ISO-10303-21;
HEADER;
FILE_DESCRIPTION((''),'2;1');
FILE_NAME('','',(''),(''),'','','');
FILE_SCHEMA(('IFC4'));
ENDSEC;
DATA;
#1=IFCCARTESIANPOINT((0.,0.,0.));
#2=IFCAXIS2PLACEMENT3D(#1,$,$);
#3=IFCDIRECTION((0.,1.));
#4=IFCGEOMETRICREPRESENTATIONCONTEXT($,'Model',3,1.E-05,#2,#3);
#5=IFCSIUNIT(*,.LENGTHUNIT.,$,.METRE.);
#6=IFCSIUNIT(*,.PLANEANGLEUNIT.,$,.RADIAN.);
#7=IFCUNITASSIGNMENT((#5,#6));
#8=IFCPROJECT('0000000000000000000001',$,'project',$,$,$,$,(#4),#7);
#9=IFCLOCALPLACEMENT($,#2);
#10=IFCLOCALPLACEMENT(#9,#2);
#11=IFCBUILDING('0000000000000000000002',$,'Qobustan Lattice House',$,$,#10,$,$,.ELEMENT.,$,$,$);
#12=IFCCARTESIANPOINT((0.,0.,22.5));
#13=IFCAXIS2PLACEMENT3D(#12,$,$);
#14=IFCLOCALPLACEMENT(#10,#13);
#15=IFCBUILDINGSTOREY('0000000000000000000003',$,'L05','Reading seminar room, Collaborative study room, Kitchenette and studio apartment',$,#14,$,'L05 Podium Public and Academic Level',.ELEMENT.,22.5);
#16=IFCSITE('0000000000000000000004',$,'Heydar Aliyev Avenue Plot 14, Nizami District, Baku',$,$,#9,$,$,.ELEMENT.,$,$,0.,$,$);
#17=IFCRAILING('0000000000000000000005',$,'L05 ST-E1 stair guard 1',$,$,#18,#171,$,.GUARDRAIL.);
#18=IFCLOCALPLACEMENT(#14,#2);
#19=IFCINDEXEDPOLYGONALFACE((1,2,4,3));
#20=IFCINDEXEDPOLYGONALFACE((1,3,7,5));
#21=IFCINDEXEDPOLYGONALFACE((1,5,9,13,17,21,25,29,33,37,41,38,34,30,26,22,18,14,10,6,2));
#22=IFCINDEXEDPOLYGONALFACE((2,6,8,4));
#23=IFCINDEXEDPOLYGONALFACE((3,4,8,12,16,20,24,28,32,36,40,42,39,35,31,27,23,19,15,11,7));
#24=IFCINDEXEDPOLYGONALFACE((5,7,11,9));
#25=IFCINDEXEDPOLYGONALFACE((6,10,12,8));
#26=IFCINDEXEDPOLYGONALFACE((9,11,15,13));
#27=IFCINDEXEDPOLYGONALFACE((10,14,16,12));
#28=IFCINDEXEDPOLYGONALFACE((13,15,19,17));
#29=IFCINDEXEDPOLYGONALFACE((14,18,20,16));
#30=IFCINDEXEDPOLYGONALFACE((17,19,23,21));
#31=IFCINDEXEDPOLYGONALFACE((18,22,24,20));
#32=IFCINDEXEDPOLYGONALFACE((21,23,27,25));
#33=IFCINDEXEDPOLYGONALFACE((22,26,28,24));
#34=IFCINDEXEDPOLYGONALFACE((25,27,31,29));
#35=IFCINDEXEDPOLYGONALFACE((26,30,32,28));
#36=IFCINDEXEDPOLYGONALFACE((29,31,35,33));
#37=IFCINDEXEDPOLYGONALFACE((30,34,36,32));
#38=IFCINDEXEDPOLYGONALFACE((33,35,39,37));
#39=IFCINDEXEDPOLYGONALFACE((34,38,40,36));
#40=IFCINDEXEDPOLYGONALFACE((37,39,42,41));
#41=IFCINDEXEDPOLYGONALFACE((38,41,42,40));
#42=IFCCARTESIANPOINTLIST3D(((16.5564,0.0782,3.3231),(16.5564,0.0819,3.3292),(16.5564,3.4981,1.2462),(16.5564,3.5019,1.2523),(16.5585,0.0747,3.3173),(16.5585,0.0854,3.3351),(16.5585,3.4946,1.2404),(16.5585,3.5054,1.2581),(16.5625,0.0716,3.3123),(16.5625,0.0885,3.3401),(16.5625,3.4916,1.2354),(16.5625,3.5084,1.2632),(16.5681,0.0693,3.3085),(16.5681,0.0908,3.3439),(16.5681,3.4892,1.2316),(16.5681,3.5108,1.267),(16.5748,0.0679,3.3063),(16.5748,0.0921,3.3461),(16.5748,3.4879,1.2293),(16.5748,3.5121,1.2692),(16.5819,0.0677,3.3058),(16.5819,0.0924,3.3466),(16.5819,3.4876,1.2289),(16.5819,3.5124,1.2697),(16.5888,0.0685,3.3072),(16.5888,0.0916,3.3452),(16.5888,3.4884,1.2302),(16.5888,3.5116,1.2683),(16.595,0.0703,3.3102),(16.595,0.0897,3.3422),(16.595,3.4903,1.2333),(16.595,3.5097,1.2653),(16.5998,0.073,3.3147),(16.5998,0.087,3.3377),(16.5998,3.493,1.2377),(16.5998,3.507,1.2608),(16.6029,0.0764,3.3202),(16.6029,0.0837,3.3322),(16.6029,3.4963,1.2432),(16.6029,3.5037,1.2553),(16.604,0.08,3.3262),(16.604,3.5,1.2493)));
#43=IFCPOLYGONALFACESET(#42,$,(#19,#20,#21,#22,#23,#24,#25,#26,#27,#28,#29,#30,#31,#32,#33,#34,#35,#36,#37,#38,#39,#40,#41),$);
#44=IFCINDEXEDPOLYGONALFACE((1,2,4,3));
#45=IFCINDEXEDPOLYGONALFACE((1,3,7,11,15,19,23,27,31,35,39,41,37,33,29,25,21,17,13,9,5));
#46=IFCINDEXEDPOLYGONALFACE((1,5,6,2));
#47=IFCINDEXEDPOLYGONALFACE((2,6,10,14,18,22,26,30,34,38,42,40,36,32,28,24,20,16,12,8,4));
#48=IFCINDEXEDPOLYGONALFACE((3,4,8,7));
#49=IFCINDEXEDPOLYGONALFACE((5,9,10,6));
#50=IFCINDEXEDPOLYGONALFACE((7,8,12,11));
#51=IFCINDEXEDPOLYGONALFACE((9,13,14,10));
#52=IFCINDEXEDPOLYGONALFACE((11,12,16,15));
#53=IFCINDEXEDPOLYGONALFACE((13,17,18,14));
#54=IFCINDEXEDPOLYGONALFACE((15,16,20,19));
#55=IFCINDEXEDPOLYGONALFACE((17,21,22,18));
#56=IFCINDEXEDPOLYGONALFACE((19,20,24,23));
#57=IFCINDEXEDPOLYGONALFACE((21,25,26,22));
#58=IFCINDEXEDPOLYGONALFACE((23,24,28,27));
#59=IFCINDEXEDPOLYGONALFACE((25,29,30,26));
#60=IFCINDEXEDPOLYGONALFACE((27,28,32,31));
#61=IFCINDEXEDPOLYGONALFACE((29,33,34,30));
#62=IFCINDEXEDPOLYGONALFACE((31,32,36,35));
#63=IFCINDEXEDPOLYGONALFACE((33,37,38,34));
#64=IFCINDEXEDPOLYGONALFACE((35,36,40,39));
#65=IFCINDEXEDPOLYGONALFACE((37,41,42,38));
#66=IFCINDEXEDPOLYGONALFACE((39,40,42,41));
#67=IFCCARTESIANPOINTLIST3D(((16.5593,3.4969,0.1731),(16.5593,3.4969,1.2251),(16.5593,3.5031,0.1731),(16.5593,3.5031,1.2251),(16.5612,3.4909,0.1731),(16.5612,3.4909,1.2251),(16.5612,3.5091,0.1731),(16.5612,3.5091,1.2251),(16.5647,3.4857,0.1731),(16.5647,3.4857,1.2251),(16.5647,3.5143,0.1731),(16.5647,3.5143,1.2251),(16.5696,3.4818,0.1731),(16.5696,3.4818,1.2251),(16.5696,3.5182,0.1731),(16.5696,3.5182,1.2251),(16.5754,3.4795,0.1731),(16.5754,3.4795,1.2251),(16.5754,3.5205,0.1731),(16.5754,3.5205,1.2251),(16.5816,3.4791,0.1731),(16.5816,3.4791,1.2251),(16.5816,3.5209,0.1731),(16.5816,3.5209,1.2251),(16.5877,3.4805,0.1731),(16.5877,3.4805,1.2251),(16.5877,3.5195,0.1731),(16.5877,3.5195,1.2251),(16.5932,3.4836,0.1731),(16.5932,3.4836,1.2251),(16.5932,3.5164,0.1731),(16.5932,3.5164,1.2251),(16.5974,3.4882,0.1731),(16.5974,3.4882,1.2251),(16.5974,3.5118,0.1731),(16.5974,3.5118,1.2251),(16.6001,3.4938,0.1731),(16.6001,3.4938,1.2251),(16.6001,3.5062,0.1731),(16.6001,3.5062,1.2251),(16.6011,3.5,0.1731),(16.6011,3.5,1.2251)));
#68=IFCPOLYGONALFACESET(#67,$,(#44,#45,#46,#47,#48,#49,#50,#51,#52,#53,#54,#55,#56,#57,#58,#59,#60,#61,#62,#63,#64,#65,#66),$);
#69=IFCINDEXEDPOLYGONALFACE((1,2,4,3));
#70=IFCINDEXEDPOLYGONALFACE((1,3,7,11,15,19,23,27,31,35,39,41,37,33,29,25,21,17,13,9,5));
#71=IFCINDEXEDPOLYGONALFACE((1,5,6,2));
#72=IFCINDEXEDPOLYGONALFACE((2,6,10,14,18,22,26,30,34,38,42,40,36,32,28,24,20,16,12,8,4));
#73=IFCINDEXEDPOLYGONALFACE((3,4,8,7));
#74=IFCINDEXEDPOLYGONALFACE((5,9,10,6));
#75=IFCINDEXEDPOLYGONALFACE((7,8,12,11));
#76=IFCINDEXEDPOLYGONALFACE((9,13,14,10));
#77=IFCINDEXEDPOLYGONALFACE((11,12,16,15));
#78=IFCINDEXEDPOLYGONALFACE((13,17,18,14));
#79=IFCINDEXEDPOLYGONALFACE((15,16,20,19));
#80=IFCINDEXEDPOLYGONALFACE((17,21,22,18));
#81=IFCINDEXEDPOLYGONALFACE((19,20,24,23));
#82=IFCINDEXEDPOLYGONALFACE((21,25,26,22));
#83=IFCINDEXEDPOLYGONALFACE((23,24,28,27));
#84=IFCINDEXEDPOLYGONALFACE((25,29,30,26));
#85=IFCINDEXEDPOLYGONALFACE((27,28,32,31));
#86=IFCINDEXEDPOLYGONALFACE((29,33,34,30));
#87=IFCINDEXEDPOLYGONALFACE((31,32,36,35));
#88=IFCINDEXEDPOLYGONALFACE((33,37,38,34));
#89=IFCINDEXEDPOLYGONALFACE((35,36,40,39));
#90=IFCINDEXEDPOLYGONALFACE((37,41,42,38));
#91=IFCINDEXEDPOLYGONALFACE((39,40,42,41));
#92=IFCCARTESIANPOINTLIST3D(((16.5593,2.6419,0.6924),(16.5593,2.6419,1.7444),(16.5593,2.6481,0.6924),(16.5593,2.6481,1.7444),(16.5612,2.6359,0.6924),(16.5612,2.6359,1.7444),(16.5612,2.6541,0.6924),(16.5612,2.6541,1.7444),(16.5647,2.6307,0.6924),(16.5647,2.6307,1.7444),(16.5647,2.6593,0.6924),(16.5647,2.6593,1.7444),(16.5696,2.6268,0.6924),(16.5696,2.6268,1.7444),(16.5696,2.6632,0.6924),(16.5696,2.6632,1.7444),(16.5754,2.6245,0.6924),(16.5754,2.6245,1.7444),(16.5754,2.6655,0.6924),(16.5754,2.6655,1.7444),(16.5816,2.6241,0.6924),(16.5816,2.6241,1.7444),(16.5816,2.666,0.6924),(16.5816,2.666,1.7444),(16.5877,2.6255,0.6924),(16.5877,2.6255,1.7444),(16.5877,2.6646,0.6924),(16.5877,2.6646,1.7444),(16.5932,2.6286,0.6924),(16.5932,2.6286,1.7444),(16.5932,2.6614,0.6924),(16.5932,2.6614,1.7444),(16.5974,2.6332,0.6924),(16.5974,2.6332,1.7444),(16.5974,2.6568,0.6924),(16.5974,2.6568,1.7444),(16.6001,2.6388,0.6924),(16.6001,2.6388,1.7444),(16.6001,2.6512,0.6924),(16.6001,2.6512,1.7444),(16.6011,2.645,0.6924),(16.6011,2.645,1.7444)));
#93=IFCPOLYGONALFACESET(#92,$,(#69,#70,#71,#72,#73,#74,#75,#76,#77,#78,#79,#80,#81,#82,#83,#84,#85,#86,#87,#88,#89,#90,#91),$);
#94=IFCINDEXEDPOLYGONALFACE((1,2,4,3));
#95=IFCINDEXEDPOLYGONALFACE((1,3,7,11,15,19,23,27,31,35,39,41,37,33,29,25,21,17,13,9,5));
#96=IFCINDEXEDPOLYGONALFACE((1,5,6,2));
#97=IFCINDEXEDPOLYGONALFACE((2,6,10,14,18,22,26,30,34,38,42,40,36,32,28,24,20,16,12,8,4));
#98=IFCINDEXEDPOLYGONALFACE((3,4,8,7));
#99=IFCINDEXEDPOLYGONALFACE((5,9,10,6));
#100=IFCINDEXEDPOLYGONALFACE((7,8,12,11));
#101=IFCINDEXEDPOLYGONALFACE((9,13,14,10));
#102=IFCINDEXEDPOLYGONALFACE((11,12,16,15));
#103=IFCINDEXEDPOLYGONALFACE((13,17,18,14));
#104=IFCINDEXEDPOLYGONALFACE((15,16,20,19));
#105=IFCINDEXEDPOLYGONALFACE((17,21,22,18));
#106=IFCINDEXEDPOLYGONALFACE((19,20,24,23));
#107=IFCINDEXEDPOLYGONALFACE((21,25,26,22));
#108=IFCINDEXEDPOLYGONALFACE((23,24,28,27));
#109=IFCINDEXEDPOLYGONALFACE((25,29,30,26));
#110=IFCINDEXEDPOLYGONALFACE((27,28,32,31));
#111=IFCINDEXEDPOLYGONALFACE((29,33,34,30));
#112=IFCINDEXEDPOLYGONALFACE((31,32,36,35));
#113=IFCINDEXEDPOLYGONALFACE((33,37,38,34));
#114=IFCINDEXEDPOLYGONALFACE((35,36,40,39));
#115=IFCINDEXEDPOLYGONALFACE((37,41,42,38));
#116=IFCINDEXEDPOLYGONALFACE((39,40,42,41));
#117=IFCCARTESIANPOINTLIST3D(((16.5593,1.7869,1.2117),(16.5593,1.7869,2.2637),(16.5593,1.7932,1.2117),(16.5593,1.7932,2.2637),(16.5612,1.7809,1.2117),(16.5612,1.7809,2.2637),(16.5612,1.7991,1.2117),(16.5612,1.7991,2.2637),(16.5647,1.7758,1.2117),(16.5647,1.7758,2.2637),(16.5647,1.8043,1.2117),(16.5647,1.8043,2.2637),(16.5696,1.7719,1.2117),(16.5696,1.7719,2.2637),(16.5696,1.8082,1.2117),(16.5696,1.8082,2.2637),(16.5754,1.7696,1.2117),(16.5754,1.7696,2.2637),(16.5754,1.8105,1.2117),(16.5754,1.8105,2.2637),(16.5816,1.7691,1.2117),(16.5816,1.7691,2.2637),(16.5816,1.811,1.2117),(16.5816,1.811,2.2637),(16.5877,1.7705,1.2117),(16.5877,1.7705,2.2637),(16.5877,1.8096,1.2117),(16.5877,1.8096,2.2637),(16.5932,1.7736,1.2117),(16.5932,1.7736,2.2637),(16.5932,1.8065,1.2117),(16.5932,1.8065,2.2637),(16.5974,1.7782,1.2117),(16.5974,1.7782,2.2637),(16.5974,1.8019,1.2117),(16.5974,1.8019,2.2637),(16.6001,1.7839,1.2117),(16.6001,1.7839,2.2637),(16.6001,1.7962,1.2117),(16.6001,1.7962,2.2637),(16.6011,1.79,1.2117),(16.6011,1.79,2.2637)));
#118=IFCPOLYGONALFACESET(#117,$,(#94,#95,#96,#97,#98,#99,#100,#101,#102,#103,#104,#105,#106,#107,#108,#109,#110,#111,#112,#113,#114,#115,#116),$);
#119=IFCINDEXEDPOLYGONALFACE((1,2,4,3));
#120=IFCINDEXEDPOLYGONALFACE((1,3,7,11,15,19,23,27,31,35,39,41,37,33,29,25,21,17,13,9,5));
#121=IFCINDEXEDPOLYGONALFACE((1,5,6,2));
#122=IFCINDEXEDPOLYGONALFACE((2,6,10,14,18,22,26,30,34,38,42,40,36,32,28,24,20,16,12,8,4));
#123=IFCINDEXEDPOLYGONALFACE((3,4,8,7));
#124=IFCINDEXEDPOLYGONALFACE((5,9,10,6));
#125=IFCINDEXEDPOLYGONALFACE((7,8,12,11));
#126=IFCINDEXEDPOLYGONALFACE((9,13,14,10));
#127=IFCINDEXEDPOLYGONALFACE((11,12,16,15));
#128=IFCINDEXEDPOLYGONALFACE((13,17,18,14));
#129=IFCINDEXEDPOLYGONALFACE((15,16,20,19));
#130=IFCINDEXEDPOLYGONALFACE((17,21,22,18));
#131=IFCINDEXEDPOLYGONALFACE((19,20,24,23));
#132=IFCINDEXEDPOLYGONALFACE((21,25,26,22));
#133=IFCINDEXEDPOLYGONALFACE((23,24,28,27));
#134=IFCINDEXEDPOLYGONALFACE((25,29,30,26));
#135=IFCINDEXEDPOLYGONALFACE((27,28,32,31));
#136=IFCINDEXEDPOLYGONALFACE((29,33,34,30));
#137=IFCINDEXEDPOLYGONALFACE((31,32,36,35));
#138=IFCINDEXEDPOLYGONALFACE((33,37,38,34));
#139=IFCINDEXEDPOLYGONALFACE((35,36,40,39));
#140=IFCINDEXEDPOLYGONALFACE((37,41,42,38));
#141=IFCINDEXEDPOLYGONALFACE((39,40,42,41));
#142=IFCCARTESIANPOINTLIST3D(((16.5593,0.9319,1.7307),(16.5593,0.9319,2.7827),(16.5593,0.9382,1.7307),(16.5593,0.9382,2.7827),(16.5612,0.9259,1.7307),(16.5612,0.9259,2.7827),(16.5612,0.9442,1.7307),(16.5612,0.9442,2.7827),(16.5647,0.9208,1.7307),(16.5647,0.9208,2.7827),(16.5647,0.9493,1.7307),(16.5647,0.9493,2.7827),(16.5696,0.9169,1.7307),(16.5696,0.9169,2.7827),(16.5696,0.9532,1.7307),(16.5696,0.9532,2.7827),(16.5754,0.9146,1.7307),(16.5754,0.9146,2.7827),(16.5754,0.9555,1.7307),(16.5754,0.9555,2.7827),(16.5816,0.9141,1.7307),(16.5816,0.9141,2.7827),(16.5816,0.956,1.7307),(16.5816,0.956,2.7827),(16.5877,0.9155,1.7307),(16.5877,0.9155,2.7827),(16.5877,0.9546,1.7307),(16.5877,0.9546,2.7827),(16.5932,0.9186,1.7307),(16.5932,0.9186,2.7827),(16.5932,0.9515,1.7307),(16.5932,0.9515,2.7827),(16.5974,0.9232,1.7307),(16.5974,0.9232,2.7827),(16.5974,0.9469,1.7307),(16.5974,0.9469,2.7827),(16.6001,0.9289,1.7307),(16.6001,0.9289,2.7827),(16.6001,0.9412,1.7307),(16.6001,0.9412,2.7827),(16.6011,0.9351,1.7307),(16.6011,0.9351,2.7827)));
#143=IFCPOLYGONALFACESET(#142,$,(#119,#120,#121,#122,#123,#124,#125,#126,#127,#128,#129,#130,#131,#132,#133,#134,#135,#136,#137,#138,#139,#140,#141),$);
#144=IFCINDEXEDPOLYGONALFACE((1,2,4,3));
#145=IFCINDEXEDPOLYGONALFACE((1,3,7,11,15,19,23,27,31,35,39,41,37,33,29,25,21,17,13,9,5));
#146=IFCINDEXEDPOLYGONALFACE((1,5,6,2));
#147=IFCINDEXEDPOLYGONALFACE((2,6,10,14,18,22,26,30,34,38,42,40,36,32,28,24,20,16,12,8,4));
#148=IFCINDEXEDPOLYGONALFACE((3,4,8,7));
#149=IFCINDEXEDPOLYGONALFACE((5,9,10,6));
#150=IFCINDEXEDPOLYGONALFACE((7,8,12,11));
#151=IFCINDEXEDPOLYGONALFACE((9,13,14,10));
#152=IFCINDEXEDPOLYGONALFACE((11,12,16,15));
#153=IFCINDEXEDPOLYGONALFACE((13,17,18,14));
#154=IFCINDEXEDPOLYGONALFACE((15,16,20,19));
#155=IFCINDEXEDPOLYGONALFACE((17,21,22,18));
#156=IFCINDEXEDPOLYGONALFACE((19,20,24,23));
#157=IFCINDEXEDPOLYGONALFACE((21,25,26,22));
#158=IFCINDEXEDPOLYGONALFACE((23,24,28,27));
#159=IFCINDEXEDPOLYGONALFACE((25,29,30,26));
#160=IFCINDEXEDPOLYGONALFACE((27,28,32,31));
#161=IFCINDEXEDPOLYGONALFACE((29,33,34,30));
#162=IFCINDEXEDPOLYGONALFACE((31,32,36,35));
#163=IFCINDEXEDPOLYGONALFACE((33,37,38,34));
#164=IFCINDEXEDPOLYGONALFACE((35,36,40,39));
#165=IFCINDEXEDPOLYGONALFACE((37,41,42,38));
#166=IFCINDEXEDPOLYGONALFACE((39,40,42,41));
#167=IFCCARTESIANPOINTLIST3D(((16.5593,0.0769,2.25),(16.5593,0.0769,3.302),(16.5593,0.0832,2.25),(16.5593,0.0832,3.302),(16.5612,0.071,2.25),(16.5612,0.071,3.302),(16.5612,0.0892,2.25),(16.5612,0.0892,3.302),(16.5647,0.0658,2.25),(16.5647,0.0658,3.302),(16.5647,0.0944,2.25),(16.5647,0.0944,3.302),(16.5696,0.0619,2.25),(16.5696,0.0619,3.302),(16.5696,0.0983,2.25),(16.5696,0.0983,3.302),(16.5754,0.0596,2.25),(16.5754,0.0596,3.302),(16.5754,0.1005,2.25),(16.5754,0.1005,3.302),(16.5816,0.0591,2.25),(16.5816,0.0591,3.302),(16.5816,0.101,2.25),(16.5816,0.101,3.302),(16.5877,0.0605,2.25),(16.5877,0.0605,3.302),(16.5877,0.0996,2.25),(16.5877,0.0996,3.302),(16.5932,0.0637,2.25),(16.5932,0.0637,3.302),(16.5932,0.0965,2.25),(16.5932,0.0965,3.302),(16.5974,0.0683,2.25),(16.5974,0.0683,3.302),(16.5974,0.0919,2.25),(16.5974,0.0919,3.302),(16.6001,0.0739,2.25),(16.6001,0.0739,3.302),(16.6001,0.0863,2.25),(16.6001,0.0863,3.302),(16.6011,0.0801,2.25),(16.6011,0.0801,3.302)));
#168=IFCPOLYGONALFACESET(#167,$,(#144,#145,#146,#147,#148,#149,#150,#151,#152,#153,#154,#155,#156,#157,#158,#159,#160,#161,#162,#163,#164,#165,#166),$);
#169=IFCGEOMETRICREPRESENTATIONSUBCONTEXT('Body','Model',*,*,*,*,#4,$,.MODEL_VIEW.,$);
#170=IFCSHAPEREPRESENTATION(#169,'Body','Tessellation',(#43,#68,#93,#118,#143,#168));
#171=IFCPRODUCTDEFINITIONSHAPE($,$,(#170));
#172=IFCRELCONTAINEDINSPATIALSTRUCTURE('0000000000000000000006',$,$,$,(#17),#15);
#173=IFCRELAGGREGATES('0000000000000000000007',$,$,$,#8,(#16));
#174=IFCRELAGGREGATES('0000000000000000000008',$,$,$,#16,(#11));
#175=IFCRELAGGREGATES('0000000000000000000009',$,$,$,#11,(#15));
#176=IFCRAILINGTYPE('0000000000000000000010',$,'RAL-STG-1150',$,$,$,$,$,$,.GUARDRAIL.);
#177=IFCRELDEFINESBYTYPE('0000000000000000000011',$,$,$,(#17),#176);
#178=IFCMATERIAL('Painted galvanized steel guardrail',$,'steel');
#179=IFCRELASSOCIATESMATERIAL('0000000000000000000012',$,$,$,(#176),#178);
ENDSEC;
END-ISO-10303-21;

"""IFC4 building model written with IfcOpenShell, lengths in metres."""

from ifc_helpers import new_model, si_unit, direction, frame, origin, origin_2d, place, context, subcontext, project, spatial, circle, extrude, material, type_object, element, save


model = new_model("IFC4")

# Units and contexts
model_context = context("Model", 3, precision=1e-05, world=origin(), true_north=direction((0.0, 1.0)))
body_context = subcontext(model_context, "Body", "Model", "MODEL_VIEW")
ifc_project = project(units=[si_unit("LENGTHUNIT", "METRE"), si_unit("PLANEANGLEUNIT", "RADIAN")], contexts=[model_context])

# Site, building, storey
site_placement = place(None, origin())
site = spatial("IfcSite", under=ifc_project, at=site_placement, Name="Heydar Aliyev Avenue Plot 14, Nizami District, Baku", CompositionType="ELEMENT", RefElevation=0.0)
building_placement = place(site_placement, origin())
building = spatial("IfcBuilding", under=site, at=building_placement, Name="Qobustan Lattice House", CompositionType="ELEMENT")
storey_placement = place(building_placement, frame((0.0, 0.0, 22.5)))
storey = spatial("IfcBuildingStorey", under=building, at=storey_placement, Name="L05", Description="Reading seminar room, Collaborative study room, Kitchenette and studio apartment", LongName="L05 Podium Public and Academic Level", CompositionType="ELEMENT", Elevation=22.5)

# Railing
ifc_material_1 = material(Name="Painted galvanized steel guardrail", Category="steel")
railing_type_1 = type_object("IfcRailingType", Name="RAL-STG-1150", PredefinedType="GUARDRAIL", material=ifc_material_1)
railing_1_placement = place(storey_placement, frame((16.5801, 3.5, 0.1731)))
element("IfcRailing", 1, at=railing_1_placement, inside=storey, type_object=railing_type_1, Name="L05 ST-E1 stair guard 1", PredefinedType="GUARDRAIL", context=body_context, shape_type="SweptSolid", body=[
    extrude(circle(Radius=0.0239, at=origin_2d()), frame((0.0, 0.0, 1.0762), z_axis=(0.0, -0.85473, 0.519074), x_axis=(1.0, 0.0, 0.0)), (0.0, 0.0, 1.0), 4.0012),
    extrude(circle(Radius=0.021, at=origin_2d()), origin(), (0.0, 0.0, 1.0), 1.052),
    extrude(circle(Radius=0.021, at=origin_2d()), frame((0.0, -0.855, 0.5193)), (0.0, 0.0, 1.0), 1.052),
    extrude(circle(Radius=0.021, at=origin_2d()), frame((0.0, -1.71, 1.0386)), (0.0, 0.0, 1.0), 1.052),
    extrude(circle(Radius=0.021, at=origin_2d()), frame((0.0, -2.5649, 1.5576)), (0.0, 0.0, 1.0), 1.052),
    extrude(circle(Radius=0.021, at=origin_2d()), frame((0.0, -3.4199, 2.0769)), (0.0, 0.0, 1.0), 1.052),
])

save(model, "model.ifc")
